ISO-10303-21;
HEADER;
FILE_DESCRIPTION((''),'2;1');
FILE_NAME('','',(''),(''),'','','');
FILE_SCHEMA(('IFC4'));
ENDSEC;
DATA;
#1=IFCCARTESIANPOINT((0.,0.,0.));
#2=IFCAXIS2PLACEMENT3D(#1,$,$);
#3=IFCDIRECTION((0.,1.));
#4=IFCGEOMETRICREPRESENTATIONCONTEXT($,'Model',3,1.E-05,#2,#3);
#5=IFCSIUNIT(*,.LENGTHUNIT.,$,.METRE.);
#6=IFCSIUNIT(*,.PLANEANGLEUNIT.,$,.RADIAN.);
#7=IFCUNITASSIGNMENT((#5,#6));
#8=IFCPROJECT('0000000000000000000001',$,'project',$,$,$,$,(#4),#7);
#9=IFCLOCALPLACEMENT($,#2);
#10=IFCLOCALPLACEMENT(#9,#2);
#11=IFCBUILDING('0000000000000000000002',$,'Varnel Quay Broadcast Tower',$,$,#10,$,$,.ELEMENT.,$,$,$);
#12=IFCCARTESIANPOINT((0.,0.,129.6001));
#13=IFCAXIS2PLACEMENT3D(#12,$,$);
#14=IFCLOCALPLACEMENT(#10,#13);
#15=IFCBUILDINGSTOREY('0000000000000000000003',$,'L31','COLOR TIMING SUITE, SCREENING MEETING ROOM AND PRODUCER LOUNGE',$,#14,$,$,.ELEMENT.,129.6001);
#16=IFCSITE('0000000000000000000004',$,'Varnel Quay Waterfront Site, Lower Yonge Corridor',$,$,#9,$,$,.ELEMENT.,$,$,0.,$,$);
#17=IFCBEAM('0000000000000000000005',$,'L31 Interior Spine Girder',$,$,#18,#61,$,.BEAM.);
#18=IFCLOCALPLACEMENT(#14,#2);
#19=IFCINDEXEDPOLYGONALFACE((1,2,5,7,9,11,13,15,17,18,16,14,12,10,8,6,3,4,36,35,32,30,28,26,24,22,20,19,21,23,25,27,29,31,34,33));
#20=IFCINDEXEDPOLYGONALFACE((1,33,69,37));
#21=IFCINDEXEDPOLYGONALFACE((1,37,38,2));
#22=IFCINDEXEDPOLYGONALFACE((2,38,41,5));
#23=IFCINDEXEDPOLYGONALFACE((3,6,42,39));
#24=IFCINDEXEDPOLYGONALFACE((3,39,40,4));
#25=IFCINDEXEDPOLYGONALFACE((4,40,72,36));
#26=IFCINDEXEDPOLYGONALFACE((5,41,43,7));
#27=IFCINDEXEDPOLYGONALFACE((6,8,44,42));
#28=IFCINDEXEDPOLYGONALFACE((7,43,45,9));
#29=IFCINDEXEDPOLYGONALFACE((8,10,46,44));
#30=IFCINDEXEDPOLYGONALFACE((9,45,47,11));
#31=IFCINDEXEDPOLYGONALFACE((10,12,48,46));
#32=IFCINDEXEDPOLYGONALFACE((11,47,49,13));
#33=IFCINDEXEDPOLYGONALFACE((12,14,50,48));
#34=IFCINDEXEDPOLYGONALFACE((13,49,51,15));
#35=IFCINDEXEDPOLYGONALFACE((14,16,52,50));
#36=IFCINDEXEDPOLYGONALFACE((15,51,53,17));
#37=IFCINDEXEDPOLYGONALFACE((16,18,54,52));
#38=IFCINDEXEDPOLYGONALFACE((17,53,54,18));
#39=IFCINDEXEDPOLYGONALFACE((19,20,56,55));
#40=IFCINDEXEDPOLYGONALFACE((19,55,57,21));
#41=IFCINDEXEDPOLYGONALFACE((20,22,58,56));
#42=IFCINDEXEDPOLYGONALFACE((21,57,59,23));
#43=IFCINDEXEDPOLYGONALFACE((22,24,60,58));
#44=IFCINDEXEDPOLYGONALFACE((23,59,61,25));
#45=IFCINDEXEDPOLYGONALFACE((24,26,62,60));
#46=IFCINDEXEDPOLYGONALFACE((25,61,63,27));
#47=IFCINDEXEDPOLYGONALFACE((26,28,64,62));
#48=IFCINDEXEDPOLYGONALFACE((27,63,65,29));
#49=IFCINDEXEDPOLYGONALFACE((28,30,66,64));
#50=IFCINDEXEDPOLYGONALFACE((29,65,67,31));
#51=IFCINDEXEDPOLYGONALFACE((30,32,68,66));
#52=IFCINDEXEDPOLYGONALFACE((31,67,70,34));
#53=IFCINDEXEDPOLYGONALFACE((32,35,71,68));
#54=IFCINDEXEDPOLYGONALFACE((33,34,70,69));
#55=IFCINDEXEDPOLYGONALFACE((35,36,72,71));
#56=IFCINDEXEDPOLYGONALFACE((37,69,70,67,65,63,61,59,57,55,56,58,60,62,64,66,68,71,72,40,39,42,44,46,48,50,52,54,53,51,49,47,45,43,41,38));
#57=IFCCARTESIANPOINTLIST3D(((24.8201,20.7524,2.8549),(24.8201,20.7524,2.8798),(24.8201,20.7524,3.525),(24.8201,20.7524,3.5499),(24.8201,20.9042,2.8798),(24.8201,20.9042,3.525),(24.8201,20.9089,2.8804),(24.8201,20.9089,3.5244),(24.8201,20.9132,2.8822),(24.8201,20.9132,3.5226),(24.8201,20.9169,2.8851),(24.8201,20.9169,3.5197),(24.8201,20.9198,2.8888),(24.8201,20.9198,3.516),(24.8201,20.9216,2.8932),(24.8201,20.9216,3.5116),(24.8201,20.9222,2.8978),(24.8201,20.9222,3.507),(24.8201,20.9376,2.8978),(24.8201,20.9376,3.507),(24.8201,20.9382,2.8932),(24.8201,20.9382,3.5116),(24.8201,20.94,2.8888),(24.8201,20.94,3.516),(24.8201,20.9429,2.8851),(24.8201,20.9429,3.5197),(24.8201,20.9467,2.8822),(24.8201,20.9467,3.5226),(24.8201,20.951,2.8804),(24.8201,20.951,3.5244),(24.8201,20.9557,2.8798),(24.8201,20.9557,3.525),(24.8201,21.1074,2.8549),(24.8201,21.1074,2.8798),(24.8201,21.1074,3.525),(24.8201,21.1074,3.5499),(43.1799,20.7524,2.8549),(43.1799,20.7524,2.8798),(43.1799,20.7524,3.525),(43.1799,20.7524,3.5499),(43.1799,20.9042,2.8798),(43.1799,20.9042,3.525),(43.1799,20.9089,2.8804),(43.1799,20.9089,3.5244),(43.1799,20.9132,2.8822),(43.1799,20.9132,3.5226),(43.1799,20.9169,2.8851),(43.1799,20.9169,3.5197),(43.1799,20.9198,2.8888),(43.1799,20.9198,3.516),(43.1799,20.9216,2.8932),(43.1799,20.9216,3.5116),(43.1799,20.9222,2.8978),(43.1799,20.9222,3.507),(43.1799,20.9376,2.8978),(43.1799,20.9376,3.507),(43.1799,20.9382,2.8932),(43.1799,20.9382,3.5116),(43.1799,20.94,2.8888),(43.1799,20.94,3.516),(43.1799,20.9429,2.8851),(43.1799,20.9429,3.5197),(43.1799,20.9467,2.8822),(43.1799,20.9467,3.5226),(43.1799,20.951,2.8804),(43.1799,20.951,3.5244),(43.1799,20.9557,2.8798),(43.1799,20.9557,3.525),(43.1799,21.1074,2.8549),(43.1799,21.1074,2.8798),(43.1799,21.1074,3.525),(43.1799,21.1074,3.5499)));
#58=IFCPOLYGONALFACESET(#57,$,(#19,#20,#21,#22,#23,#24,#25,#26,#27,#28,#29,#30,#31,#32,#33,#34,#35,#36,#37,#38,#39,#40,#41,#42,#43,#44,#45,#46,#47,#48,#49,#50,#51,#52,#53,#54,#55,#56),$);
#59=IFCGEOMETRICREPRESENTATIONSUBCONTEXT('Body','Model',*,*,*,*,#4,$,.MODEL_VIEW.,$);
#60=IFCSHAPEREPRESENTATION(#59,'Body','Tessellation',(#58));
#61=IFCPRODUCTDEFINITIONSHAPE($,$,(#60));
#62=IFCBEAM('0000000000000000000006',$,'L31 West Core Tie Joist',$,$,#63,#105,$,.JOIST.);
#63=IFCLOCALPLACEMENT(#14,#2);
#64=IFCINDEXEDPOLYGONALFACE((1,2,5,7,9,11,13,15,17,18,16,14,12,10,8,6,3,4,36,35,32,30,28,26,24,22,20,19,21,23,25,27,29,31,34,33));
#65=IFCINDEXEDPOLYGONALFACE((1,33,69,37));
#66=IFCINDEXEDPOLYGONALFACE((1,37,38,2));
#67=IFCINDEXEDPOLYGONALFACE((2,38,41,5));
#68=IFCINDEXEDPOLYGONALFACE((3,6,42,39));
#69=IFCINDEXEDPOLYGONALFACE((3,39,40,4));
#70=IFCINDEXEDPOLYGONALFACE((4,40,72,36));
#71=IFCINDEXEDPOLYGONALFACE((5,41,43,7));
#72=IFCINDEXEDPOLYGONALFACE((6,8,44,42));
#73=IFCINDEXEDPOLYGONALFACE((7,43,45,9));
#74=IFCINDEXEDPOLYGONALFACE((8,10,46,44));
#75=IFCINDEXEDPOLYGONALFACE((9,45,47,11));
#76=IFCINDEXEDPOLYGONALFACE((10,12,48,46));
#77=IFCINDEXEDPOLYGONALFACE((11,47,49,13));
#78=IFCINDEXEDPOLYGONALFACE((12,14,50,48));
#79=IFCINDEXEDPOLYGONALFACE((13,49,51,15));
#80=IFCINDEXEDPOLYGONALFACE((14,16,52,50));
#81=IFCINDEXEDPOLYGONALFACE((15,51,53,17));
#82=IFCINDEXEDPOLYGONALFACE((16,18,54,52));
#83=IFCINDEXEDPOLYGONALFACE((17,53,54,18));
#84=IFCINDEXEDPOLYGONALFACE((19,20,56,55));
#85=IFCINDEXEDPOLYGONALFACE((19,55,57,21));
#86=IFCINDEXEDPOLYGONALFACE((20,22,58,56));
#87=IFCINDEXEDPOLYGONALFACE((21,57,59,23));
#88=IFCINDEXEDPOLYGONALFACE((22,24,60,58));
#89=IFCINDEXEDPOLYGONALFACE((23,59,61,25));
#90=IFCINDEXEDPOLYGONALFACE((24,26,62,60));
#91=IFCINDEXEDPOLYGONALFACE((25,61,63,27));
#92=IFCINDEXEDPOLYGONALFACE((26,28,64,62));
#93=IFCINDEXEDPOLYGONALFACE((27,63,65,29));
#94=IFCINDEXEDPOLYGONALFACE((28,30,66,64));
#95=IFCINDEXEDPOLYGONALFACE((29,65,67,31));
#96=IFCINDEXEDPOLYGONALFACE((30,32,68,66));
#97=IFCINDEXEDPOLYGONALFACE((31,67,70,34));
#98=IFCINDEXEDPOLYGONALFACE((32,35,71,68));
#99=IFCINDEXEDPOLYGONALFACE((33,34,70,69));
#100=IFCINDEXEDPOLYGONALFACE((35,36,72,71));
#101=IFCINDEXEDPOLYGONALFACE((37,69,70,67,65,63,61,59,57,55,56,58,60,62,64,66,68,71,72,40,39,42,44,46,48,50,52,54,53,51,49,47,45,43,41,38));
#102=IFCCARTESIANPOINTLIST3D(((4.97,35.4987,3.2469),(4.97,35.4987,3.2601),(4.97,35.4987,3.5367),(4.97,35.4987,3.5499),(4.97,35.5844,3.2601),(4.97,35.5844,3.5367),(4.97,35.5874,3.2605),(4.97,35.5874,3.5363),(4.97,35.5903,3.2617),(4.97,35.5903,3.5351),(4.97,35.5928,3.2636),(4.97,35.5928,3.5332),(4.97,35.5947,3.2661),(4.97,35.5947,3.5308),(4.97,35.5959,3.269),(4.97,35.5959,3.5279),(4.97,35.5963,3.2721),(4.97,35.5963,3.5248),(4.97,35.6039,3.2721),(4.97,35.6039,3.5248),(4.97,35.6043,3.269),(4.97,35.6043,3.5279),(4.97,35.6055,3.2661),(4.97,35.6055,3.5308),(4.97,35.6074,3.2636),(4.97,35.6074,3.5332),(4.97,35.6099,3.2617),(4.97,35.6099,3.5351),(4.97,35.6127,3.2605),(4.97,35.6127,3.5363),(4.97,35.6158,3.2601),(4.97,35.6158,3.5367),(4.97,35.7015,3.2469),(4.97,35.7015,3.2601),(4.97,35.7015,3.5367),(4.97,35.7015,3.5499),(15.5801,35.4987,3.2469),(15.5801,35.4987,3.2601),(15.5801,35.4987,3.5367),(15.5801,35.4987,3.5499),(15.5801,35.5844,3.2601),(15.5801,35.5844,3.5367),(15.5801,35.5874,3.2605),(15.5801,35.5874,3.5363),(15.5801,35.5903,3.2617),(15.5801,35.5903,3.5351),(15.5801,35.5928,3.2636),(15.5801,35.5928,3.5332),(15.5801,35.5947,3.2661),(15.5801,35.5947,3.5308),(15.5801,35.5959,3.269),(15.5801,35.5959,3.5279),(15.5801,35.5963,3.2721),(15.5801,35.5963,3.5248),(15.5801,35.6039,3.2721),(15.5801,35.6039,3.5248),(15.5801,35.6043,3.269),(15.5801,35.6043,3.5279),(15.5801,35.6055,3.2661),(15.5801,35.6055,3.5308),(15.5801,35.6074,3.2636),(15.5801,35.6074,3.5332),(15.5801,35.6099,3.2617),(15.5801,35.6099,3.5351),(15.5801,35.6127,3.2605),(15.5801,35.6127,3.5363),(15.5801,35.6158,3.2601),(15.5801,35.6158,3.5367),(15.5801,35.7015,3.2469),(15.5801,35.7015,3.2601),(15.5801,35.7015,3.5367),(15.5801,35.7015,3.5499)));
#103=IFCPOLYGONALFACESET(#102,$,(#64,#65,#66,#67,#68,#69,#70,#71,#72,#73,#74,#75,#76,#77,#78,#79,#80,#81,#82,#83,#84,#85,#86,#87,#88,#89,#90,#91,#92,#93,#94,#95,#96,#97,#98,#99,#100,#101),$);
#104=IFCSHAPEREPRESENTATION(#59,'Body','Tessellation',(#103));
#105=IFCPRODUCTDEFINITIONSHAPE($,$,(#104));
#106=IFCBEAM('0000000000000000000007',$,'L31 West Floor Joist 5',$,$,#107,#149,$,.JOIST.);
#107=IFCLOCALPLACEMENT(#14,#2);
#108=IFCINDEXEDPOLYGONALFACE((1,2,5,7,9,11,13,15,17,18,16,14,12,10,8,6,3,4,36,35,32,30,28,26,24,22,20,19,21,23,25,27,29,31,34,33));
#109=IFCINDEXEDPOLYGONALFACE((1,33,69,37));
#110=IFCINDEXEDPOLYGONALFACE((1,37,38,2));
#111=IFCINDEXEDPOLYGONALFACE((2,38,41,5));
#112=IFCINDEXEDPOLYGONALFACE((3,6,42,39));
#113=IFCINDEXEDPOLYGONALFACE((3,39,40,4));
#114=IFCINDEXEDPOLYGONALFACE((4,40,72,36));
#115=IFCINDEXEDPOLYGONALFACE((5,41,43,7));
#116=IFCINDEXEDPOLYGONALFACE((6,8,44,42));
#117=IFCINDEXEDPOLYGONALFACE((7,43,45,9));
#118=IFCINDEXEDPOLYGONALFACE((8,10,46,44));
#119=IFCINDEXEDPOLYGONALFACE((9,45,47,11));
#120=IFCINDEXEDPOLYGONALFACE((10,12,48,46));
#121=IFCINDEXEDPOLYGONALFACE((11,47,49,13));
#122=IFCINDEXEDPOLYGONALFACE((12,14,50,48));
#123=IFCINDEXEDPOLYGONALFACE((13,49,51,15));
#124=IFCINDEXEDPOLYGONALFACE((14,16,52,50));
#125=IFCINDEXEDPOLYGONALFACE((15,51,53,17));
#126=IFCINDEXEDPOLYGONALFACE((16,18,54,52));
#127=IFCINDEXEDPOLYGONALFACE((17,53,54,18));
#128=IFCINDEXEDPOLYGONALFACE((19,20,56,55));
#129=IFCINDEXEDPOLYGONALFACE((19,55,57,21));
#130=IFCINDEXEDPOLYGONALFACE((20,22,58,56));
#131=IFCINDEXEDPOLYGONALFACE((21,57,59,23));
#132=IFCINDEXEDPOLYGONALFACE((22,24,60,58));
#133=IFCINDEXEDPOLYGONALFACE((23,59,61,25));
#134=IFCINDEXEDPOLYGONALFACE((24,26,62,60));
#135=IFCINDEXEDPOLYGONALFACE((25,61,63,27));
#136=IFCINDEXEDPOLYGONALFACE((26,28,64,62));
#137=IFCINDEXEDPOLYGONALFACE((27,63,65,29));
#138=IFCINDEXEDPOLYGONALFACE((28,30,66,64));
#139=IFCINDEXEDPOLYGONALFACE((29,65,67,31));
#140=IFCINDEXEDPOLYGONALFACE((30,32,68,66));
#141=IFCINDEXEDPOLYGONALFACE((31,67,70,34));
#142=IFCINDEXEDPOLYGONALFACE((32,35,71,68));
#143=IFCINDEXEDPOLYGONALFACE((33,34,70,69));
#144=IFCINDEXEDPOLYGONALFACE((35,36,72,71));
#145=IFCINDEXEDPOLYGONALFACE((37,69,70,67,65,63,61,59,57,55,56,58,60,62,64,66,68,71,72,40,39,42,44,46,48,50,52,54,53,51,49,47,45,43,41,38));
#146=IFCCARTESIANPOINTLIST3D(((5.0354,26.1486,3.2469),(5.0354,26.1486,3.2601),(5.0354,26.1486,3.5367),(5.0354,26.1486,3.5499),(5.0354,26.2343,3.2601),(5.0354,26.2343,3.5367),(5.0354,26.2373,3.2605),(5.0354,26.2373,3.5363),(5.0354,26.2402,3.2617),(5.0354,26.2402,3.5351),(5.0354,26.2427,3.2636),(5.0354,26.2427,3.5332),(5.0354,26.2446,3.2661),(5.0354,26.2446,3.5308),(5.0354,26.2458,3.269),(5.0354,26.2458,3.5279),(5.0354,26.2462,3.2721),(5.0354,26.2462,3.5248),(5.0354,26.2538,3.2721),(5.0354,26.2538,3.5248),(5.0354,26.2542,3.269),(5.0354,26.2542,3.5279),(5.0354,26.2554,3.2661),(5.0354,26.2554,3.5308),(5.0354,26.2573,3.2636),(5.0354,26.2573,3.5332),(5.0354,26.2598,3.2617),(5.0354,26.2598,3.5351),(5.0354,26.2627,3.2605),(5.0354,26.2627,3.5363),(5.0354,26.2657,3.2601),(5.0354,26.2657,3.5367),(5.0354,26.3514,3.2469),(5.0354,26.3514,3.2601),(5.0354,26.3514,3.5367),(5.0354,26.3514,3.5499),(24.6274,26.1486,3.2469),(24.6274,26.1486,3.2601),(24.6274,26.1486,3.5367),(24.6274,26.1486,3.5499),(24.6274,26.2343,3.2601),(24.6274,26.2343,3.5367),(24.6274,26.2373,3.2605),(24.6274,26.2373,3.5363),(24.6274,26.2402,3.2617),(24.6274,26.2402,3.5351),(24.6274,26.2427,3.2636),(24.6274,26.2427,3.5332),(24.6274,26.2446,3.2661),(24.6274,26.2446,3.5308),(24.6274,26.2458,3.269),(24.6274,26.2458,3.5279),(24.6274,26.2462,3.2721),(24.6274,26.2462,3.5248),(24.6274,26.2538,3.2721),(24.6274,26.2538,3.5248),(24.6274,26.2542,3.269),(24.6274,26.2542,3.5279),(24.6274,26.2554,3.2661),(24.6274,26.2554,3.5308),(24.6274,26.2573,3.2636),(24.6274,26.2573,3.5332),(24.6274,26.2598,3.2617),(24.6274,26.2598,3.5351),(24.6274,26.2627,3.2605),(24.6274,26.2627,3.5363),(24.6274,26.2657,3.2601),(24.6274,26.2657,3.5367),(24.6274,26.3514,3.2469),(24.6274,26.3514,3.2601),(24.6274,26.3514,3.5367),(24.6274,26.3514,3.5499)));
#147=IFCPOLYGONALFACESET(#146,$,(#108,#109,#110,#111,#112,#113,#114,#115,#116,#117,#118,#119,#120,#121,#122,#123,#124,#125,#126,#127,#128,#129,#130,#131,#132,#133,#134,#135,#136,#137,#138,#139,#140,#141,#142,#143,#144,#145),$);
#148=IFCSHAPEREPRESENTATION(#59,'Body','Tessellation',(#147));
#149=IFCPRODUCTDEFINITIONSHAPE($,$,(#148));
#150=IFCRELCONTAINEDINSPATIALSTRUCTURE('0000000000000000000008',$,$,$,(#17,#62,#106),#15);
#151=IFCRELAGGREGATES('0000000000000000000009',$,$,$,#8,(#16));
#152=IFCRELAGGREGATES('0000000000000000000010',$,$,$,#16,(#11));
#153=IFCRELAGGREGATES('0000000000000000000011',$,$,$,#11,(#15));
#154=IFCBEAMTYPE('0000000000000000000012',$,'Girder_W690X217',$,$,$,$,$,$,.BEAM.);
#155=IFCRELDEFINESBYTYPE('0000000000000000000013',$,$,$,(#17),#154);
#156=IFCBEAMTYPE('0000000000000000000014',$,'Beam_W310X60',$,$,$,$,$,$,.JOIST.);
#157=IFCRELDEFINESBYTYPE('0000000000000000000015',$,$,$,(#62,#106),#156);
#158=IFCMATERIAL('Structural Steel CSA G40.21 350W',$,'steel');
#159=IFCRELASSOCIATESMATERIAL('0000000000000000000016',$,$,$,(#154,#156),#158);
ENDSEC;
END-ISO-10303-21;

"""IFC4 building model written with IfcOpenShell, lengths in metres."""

from ifc_helpers import new_model, si_unit, direction, frame, origin, origin_2d, place, context, subcontext, project, spatial, i_section, extrude, source, transform, mapped, material, material_profile, profile_set, type_object, element, save


model = new_model("IFC4")

# Units and contexts
model_context = context("Model", 3, precision=1e-05, world=origin(), true_north=direction((0.0, 1.0)))
body_context = subcontext(model_context, "Body", "Model", "MODEL_VIEW")
ifc_project = project(units=[si_unit("LENGTHUNIT", "METRE"), si_unit("PLANEANGLEUNIT", "RADIAN")], contexts=[model_context])

# Site, building, storey
site_placement = place(None, origin())
site = spatial("IfcSite", under=ifc_project, at=site_placement, Name="Varnel Quay Waterfront Site, Lower Yonge Corridor", CompositionType="ELEMENT", RefElevation=0.0)
building_placement = place(site_placement, origin())
building = spatial("IfcBuilding", under=site, at=building_placement, Name="Varnel Quay Broadcast Tower", CompositionType="ELEMENT")
storey_placement = place(building_placement, frame((0.0, 0.0, 129.6001)))
storey = spatial("IfcBuildingStorey", under=building, at=storey_placement, Name="L31", Description="COLOR TIMING SUITE, SCREENING MEETING ROOM AND PRODUCER LOUNGE", CompositionType="ELEMENT", Elevation=129.6001)

# Shared definitions
ifc_material_1 = material(Name="Structural Steel CSA G40.21 350W", Category="steel")

# Beams
ifc_material_profile_1 = material_profile(ifc_material_1, i_section(OverallWidth=0.355, OverallDepth=0.6951, WebThickness=0.0154, FlangeThickness=0.0249, FilletRadius=0.0181, at=origin_2d()), Name="W690X217")
ifc_profile_set_1 = profile_set([ifc_material_profile_1], Name="Structural Steel CSA G40.21 350W")
beam_type_1 = type_object("IfcBeamType", Name="Girder_W690X217", PredefinedType="BEAM", material=ifc_profile_set_1)
shared_shape_1 = source(origin(), body_context, "Body", "SweptSolid", [
    extrude(i_section(OverallWidth=0.355, OverallDepth=0.6951, WebThickness=0.0154, FlangeThickness=0.0249, FilletRadius=0.0181, at=origin_2d()), origin(), (0.0, 0.0, 1.0), 18.3599),
])
beam_1_placement = place(storey_placement, frame((24.8201, 20.9299, 3.2024), z_axis=(1.0, 0.0, 0.0), x_axis=(0.0, 1.0, 0.0)))
element("IfcBeam", 1, at=beam_1_placement, inside=storey, type_object=beam_type_1, Name="L31 Interior Spine Girder", PredefinedType="BEAM", context=body_context, shape_type="MappedRepresentation", body=[
    mapped(shared_shape_1, transform((0.0, 0.0, 0.0), x_axis=(1.0, 0.0, 0.0), y_axis=(0.0, 1.0, 0.0), z_axis=(0.0, 0.0, 1.0), scale=1.0)),
])
ifc_material_profile_2 = material_profile(ifc_material_1, i_section(OverallWidth=0.2029, OverallDepth=0.303, WebThickness=0.0076, FlangeThickness=0.0132, FilletRadius=0.012, at=origin_2d()), Name="W310X60")
ifc_profile_set_2 = profile_set([ifc_material_profile_2], Name="Structural Steel CSA G40.21 350W")
beam_type_2 = type_object("IfcBeamType", Name="Beam_W310X60", PredefinedType="JOIST", material=ifc_profile_set_2)
shared_shape_2 = source(origin(), body_context, "Body", "SweptSolid", [
    extrude(i_section(OverallWidth=0.2029, OverallDepth=0.303, WebThickness=0.0076, FlangeThickness=0.0132, FilletRadius=0.012, at=origin_2d()), origin(), (0.0, 0.0, 1.0), 10.6101),
])
beam_2_placement = place(storey_placement, frame((4.97, 35.6001, 3.3984), z_axis=(1.0, 0.0, 0.0), x_axis=(0.0, 1.0, 0.0)))
element("IfcBeam", 2, at=beam_2_placement, inside=storey, type_object=beam_type_2, Name="L31 West Core Tie Joist", PredefinedType="JOIST", context=body_context, shape_type="MappedRepresentation", body=[
    mapped(shared_shape_2, transform((0.0, 0.0, 0.0), x_axis=(1.0, 0.0, 0.0), y_axis=(0.0, 1.0, 0.0), z_axis=(0.0, 0.0, 1.0), scale=1.0)),
])
shared_shape_3 = source(origin(), body_context, "Body", "SweptSolid", [
    extrude(i_section(OverallWidth=0.2029, OverallDepth=0.303, WebThickness=0.0076, FlangeThickness=0.0132, FilletRadius=0.012, at=origin_2d()), origin(), (0.0, 0.0, 1.0), 19.592),
])
beam_3_placement = place(storey_placement, frame((5.0354, 26.25, 3.3984), z_axis=(1.0, 0.0, 0.0), x_axis=(0.0, 1.0, 0.0)))
element("IfcBeam", 3, at=beam_3_placement, inside=storey, type_object=beam_type_2, Name="L31 West Floor Joist 5", PredefinedType="JOIST", context=body_context, shape_type="MappedRepresentation", body=[
    mapped(shared_shape_3, transform((0.0, 0.0, 0.0), x_axis=(1.0, 0.0, 0.0), y_axis=(0.0, 1.0, 0.0), z_axis=(0.0, 0.0, 1.0), scale=1.0)),
])

save(model, "model.ifc")
